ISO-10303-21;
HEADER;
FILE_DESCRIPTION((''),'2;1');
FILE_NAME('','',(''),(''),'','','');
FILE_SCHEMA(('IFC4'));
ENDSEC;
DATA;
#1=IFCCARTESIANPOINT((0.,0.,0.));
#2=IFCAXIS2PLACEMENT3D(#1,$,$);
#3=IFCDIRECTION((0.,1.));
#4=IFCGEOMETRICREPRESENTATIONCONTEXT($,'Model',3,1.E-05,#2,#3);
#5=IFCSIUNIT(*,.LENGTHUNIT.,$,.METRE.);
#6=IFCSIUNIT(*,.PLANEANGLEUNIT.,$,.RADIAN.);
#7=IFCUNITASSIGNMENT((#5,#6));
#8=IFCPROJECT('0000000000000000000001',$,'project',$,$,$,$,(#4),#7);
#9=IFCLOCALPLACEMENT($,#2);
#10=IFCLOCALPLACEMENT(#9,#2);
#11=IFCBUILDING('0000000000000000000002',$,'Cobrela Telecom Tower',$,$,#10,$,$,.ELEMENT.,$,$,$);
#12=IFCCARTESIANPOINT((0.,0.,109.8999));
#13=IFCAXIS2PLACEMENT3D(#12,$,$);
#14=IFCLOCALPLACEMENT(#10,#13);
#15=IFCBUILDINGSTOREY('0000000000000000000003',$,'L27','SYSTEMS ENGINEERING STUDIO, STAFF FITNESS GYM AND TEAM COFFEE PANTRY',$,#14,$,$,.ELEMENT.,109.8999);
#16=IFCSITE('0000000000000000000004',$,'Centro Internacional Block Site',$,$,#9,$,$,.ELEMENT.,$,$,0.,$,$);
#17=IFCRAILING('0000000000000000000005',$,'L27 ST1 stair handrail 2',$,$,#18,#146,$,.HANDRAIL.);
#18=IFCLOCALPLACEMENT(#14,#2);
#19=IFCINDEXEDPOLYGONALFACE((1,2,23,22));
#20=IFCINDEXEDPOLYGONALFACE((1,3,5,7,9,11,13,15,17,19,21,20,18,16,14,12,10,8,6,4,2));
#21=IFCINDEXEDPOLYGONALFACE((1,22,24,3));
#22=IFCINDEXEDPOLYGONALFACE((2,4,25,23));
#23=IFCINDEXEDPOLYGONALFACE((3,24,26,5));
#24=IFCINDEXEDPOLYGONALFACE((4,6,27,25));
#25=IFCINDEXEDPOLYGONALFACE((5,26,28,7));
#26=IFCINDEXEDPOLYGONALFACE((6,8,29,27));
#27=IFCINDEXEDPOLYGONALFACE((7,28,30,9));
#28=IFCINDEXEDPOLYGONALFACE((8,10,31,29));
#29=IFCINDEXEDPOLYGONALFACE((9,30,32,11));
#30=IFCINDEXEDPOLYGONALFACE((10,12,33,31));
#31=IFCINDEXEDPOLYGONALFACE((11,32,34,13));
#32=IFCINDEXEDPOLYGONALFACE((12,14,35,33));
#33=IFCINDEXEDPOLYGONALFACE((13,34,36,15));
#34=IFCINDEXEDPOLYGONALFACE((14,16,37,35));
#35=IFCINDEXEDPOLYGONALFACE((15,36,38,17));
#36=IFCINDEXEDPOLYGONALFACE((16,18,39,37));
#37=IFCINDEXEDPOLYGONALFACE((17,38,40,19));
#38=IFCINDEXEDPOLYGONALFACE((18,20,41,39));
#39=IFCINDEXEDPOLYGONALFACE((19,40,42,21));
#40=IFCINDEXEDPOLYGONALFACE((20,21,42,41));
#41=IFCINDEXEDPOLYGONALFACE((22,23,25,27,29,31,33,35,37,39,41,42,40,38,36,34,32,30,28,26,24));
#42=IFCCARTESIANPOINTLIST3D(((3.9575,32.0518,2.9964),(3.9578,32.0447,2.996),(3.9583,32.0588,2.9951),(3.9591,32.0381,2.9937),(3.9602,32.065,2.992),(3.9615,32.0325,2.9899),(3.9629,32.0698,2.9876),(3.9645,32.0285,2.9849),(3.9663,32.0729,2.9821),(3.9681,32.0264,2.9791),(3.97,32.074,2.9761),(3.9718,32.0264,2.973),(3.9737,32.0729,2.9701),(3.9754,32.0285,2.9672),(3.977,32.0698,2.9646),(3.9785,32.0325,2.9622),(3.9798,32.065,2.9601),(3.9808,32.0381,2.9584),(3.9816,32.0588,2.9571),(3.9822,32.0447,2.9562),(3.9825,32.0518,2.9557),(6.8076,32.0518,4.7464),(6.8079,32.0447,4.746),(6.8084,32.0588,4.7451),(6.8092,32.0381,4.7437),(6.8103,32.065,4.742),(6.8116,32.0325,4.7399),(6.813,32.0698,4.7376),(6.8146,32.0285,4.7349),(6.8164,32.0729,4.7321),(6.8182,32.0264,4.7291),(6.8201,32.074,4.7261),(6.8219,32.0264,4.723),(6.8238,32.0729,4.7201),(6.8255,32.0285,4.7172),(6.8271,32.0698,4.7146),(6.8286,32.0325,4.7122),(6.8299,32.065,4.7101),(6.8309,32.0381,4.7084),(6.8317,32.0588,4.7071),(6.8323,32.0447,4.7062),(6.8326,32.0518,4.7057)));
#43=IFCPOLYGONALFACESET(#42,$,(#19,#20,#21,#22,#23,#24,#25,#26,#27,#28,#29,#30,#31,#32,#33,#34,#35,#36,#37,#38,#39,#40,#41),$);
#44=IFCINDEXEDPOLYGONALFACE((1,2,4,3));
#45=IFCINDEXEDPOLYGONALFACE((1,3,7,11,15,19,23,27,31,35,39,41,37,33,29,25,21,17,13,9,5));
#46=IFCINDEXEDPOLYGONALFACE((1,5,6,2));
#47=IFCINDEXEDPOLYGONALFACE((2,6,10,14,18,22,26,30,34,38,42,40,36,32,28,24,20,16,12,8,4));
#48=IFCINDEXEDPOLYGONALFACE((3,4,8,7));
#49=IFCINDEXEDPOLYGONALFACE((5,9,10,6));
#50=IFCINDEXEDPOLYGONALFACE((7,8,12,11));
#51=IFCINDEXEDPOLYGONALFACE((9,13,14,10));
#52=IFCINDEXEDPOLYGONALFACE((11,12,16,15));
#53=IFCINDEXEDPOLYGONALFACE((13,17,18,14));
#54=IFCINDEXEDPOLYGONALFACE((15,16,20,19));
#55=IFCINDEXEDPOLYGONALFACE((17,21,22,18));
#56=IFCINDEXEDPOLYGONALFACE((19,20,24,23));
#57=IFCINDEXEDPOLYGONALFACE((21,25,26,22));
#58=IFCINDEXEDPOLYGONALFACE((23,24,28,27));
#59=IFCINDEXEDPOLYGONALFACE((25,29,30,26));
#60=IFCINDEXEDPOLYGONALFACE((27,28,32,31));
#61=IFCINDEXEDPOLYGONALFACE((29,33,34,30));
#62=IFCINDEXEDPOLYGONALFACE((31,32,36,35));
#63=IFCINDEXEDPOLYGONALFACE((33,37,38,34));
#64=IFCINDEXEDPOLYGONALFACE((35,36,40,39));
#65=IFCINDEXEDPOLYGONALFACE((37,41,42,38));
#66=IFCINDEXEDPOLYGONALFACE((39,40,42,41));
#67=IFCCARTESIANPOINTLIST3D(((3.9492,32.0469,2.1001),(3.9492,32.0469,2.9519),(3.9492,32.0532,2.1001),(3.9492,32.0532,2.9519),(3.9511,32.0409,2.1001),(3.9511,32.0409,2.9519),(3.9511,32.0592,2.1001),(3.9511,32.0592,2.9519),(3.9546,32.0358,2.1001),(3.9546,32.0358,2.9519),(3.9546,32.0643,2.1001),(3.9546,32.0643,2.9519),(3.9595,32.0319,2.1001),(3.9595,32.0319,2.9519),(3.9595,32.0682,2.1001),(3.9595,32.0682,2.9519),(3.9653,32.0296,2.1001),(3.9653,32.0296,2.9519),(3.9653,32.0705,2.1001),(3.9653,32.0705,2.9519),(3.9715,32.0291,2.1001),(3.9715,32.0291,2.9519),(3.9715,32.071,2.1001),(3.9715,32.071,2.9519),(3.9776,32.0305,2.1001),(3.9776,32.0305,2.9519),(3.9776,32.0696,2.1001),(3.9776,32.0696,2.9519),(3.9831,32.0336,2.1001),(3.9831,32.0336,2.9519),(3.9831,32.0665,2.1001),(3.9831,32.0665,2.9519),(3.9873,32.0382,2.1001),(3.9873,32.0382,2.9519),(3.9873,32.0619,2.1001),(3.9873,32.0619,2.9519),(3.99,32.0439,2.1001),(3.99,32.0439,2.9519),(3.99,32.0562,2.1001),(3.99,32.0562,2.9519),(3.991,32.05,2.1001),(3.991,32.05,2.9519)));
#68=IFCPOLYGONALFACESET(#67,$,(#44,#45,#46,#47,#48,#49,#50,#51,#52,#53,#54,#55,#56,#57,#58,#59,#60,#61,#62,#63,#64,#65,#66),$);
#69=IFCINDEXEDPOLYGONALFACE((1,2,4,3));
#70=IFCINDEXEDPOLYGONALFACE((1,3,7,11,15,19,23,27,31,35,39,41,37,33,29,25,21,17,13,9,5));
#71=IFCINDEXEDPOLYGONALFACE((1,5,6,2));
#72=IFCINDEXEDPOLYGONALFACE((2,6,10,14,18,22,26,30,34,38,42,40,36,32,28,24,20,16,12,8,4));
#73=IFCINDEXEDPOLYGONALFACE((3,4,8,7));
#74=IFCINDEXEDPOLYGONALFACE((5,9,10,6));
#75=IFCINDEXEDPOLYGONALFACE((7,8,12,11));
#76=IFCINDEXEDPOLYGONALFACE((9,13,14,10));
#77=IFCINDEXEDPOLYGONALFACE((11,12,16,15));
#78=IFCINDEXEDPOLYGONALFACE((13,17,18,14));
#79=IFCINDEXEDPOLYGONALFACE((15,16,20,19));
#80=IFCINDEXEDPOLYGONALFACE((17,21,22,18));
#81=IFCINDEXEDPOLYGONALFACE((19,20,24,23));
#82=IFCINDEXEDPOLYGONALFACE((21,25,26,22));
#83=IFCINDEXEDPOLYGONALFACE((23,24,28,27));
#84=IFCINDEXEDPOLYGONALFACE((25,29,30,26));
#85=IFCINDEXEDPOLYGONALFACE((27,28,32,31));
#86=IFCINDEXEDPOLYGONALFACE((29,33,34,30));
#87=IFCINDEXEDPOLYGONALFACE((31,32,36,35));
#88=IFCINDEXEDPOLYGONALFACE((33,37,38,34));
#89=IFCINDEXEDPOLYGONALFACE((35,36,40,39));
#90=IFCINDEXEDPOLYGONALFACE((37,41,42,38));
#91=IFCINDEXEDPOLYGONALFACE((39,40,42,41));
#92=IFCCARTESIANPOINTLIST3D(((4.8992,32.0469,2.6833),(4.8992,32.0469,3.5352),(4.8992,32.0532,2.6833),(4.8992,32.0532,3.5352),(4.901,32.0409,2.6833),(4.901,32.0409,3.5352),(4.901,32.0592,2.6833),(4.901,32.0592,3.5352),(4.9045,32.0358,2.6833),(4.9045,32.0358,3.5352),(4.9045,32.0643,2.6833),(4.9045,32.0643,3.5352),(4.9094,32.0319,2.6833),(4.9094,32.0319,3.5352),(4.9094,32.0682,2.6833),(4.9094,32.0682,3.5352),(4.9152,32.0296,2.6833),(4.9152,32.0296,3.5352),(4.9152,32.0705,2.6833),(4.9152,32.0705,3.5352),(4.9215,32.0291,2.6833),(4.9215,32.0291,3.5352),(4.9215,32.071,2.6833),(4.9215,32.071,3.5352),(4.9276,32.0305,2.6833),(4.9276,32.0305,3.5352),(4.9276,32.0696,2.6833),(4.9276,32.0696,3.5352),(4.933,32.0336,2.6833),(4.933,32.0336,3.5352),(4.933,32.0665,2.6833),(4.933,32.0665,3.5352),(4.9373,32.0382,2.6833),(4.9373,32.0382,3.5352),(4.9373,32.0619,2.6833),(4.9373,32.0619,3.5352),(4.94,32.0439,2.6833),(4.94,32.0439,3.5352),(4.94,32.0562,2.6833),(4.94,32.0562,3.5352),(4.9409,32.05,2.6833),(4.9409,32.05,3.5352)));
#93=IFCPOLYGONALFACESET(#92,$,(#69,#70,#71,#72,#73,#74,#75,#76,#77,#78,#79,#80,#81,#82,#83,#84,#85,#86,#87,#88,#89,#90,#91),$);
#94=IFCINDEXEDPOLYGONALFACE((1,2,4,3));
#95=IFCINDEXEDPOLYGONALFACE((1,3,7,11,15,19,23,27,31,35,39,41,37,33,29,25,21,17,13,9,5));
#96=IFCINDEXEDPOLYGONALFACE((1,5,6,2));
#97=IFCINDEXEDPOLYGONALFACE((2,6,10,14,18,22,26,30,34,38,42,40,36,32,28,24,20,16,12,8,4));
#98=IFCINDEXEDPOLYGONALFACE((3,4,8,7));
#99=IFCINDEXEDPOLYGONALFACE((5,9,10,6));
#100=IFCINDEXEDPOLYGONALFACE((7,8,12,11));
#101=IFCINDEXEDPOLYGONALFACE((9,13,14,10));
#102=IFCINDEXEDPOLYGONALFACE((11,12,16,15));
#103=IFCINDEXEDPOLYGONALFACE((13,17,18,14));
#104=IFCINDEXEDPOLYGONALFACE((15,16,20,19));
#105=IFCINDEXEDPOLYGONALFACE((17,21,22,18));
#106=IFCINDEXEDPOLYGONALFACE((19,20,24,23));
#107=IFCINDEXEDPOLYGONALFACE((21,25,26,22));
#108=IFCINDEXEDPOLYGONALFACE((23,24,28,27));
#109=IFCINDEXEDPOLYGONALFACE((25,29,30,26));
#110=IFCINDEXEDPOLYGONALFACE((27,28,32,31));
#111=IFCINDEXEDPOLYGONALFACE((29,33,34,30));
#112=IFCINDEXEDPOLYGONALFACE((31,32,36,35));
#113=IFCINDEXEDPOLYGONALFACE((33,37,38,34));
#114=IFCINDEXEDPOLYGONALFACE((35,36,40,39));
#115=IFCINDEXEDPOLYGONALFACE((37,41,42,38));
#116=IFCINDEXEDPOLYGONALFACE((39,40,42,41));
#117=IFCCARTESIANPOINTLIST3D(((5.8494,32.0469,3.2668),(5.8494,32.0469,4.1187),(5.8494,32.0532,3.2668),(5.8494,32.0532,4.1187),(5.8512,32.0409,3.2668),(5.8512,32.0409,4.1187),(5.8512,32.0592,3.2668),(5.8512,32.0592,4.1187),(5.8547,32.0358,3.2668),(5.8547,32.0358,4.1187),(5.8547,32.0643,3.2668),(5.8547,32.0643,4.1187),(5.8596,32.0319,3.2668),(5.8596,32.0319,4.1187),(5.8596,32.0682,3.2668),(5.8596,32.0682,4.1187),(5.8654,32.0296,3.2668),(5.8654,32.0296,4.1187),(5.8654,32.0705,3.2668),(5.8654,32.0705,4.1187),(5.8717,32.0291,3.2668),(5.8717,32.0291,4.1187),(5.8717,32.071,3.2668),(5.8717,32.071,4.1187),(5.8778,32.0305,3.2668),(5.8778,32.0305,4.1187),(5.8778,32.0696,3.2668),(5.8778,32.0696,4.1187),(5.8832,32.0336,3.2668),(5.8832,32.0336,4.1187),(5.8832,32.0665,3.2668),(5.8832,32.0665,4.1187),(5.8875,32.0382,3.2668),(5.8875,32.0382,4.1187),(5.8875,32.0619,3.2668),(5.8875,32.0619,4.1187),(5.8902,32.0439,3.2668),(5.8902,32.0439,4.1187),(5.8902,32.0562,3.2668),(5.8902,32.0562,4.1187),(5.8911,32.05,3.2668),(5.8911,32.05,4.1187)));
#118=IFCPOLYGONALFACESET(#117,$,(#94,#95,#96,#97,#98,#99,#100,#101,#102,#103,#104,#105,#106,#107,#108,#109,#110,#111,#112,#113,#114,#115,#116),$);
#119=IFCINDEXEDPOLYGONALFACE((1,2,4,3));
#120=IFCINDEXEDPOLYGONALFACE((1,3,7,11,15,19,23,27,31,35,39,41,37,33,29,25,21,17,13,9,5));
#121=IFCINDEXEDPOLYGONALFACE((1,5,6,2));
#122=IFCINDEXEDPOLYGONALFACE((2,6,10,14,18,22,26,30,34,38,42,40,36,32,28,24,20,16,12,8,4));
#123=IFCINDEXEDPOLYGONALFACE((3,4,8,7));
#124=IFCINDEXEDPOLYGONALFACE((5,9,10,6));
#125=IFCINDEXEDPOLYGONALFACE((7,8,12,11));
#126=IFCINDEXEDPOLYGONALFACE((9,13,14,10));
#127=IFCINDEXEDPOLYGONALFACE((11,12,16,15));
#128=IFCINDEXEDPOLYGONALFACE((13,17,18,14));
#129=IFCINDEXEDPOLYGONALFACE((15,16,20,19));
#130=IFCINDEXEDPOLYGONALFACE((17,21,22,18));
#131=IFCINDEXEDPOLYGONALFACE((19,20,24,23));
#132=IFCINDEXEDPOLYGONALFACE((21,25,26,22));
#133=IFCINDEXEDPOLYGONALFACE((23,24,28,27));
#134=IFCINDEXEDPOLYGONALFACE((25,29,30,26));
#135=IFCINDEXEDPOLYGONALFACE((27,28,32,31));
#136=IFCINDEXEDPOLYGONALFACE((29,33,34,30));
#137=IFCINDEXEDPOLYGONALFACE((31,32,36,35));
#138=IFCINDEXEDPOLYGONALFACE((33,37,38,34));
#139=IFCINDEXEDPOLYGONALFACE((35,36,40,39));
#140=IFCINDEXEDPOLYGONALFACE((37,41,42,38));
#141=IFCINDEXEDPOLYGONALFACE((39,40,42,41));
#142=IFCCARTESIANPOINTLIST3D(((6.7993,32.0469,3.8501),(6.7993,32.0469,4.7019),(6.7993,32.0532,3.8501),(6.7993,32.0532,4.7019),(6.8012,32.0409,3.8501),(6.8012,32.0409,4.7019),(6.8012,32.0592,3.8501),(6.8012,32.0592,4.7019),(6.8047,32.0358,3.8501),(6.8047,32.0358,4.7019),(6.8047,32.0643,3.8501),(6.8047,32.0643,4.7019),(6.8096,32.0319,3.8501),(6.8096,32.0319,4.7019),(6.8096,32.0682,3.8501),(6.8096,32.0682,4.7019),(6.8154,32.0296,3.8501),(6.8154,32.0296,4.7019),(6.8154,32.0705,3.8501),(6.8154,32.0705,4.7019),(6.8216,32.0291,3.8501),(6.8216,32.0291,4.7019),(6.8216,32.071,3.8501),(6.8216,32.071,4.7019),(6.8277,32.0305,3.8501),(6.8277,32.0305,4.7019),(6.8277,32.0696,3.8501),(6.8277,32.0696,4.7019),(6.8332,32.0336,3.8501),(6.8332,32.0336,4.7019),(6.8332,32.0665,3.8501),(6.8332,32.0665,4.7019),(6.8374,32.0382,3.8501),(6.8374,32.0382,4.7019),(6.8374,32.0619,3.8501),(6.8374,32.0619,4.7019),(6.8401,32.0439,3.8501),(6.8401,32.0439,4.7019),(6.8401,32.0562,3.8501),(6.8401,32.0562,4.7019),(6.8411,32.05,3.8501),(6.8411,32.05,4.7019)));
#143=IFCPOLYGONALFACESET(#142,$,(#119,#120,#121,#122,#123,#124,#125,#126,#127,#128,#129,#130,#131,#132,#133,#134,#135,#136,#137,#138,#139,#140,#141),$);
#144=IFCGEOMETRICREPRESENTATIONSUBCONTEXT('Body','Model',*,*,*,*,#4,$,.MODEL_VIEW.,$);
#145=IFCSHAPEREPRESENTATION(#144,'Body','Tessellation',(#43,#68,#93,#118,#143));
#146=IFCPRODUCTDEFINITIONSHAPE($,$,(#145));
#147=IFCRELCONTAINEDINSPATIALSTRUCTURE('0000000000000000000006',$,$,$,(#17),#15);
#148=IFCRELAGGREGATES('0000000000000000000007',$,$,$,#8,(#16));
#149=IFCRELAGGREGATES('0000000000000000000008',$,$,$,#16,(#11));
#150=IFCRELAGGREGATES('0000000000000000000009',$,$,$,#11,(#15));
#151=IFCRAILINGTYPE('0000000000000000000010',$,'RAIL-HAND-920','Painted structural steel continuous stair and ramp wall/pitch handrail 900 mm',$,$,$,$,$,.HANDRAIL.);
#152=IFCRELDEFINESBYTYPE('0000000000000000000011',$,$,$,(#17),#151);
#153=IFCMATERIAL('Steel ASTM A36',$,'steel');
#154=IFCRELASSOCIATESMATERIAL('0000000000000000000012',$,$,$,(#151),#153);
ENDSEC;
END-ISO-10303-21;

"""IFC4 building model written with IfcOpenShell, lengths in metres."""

from ifc_helpers import new_model, si_unit, direction, frame, origin, origin_2d, place, context, subcontext, project, spatial, circle, extrude, material, type_object, element, save


model = new_model("IFC4")

# Units and contexts
model_context = context("Model", 3, precision=1e-05, world=origin(), true_north=direction((0.0, 1.0)))
body_context = subcontext(model_context, "Body", "Model", "MODEL_VIEW")
ifc_project = project(units=[si_unit("LENGTHUNIT", "METRE"), si_unit("PLANEANGLEUNIT", "RADIAN")], contexts=[model_context])

# Site, building, storey
site_placement = place(None, origin())
site = spatial("IfcSite", under=ifc_project, at=site_placement, Name="Centro Internacional Block Site", CompositionType="ELEMENT", RefElevation=0.0)
building_placement = place(site_placement, origin())
building = spatial("IfcBuilding", under=site, at=building_placement, Name="Cobrela Telecom Tower", CompositionType="ELEMENT")
storey_placement = place(building_placement, frame((0.0, 0.0, 109.8999)))
storey = spatial("IfcBuildingStorey", under=building, at=storey_placement, Name="L27", Description="SYSTEMS ENGINEERING STUDIO, STAFF FITNESS GYM AND TEAM COFFEE PANTRY", CompositionType="ELEMENT", Elevation=109.8999)

# Shared definitions
ifc_material_1 = material(Name="Steel ASTM A36", Category="steel")

# Railing
railing_type_1 = type_object("IfcRailingType", Name="RAIL-HAND-920", Description="Painted structural steel continuous stair and ramp wall/pitch handrail 900 mm", PredefinedType="HANDRAIL", material=ifc_material_1)
railing_1_placement = place(storey_placement, frame((3.97, 32.05, 2.1001)))
element("IfcRailing", 1, at=railing_1_placement, inside=storey, type_object=railing_type_1, Name="L27 ST1 stair handrail 2", PredefinedType="HANDRAIL", context=body_context, shape_type="SweptSolid", body=[
    extrude(circle(Radius=0.0239, at=origin_2d()), frame((0.0, 0.0, 0.876), z_axis=(0.852179, 0.0, 0.52325), x_axis=(0.0, 1.0, 0.0)), (0.0, 0.0, 1.0), 3.3445),
    extrude(circle(Radius=0.021, at=origin_2d()), origin(), (0.0, 0.0, 1.0), 0.8518),
    extrude(circle(Radius=0.021, at=origin_2d()), frame((0.95, 0.0, 0.5833)), (0.0, 0.0, 1.0), 0.8518),
    extrude(circle(Radius=0.021, at=origin_2d()), frame((1.9001, 0.0, 1.1667)), (0.0, 0.0, 1.0), 0.8518),
    extrude(circle(Radius=0.021, at=origin_2d()), frame((2.8501, 0.0, 1.75)), (0.0, 0.0, 1.0), 0.8518),
])

save(model, "model.ifc")
